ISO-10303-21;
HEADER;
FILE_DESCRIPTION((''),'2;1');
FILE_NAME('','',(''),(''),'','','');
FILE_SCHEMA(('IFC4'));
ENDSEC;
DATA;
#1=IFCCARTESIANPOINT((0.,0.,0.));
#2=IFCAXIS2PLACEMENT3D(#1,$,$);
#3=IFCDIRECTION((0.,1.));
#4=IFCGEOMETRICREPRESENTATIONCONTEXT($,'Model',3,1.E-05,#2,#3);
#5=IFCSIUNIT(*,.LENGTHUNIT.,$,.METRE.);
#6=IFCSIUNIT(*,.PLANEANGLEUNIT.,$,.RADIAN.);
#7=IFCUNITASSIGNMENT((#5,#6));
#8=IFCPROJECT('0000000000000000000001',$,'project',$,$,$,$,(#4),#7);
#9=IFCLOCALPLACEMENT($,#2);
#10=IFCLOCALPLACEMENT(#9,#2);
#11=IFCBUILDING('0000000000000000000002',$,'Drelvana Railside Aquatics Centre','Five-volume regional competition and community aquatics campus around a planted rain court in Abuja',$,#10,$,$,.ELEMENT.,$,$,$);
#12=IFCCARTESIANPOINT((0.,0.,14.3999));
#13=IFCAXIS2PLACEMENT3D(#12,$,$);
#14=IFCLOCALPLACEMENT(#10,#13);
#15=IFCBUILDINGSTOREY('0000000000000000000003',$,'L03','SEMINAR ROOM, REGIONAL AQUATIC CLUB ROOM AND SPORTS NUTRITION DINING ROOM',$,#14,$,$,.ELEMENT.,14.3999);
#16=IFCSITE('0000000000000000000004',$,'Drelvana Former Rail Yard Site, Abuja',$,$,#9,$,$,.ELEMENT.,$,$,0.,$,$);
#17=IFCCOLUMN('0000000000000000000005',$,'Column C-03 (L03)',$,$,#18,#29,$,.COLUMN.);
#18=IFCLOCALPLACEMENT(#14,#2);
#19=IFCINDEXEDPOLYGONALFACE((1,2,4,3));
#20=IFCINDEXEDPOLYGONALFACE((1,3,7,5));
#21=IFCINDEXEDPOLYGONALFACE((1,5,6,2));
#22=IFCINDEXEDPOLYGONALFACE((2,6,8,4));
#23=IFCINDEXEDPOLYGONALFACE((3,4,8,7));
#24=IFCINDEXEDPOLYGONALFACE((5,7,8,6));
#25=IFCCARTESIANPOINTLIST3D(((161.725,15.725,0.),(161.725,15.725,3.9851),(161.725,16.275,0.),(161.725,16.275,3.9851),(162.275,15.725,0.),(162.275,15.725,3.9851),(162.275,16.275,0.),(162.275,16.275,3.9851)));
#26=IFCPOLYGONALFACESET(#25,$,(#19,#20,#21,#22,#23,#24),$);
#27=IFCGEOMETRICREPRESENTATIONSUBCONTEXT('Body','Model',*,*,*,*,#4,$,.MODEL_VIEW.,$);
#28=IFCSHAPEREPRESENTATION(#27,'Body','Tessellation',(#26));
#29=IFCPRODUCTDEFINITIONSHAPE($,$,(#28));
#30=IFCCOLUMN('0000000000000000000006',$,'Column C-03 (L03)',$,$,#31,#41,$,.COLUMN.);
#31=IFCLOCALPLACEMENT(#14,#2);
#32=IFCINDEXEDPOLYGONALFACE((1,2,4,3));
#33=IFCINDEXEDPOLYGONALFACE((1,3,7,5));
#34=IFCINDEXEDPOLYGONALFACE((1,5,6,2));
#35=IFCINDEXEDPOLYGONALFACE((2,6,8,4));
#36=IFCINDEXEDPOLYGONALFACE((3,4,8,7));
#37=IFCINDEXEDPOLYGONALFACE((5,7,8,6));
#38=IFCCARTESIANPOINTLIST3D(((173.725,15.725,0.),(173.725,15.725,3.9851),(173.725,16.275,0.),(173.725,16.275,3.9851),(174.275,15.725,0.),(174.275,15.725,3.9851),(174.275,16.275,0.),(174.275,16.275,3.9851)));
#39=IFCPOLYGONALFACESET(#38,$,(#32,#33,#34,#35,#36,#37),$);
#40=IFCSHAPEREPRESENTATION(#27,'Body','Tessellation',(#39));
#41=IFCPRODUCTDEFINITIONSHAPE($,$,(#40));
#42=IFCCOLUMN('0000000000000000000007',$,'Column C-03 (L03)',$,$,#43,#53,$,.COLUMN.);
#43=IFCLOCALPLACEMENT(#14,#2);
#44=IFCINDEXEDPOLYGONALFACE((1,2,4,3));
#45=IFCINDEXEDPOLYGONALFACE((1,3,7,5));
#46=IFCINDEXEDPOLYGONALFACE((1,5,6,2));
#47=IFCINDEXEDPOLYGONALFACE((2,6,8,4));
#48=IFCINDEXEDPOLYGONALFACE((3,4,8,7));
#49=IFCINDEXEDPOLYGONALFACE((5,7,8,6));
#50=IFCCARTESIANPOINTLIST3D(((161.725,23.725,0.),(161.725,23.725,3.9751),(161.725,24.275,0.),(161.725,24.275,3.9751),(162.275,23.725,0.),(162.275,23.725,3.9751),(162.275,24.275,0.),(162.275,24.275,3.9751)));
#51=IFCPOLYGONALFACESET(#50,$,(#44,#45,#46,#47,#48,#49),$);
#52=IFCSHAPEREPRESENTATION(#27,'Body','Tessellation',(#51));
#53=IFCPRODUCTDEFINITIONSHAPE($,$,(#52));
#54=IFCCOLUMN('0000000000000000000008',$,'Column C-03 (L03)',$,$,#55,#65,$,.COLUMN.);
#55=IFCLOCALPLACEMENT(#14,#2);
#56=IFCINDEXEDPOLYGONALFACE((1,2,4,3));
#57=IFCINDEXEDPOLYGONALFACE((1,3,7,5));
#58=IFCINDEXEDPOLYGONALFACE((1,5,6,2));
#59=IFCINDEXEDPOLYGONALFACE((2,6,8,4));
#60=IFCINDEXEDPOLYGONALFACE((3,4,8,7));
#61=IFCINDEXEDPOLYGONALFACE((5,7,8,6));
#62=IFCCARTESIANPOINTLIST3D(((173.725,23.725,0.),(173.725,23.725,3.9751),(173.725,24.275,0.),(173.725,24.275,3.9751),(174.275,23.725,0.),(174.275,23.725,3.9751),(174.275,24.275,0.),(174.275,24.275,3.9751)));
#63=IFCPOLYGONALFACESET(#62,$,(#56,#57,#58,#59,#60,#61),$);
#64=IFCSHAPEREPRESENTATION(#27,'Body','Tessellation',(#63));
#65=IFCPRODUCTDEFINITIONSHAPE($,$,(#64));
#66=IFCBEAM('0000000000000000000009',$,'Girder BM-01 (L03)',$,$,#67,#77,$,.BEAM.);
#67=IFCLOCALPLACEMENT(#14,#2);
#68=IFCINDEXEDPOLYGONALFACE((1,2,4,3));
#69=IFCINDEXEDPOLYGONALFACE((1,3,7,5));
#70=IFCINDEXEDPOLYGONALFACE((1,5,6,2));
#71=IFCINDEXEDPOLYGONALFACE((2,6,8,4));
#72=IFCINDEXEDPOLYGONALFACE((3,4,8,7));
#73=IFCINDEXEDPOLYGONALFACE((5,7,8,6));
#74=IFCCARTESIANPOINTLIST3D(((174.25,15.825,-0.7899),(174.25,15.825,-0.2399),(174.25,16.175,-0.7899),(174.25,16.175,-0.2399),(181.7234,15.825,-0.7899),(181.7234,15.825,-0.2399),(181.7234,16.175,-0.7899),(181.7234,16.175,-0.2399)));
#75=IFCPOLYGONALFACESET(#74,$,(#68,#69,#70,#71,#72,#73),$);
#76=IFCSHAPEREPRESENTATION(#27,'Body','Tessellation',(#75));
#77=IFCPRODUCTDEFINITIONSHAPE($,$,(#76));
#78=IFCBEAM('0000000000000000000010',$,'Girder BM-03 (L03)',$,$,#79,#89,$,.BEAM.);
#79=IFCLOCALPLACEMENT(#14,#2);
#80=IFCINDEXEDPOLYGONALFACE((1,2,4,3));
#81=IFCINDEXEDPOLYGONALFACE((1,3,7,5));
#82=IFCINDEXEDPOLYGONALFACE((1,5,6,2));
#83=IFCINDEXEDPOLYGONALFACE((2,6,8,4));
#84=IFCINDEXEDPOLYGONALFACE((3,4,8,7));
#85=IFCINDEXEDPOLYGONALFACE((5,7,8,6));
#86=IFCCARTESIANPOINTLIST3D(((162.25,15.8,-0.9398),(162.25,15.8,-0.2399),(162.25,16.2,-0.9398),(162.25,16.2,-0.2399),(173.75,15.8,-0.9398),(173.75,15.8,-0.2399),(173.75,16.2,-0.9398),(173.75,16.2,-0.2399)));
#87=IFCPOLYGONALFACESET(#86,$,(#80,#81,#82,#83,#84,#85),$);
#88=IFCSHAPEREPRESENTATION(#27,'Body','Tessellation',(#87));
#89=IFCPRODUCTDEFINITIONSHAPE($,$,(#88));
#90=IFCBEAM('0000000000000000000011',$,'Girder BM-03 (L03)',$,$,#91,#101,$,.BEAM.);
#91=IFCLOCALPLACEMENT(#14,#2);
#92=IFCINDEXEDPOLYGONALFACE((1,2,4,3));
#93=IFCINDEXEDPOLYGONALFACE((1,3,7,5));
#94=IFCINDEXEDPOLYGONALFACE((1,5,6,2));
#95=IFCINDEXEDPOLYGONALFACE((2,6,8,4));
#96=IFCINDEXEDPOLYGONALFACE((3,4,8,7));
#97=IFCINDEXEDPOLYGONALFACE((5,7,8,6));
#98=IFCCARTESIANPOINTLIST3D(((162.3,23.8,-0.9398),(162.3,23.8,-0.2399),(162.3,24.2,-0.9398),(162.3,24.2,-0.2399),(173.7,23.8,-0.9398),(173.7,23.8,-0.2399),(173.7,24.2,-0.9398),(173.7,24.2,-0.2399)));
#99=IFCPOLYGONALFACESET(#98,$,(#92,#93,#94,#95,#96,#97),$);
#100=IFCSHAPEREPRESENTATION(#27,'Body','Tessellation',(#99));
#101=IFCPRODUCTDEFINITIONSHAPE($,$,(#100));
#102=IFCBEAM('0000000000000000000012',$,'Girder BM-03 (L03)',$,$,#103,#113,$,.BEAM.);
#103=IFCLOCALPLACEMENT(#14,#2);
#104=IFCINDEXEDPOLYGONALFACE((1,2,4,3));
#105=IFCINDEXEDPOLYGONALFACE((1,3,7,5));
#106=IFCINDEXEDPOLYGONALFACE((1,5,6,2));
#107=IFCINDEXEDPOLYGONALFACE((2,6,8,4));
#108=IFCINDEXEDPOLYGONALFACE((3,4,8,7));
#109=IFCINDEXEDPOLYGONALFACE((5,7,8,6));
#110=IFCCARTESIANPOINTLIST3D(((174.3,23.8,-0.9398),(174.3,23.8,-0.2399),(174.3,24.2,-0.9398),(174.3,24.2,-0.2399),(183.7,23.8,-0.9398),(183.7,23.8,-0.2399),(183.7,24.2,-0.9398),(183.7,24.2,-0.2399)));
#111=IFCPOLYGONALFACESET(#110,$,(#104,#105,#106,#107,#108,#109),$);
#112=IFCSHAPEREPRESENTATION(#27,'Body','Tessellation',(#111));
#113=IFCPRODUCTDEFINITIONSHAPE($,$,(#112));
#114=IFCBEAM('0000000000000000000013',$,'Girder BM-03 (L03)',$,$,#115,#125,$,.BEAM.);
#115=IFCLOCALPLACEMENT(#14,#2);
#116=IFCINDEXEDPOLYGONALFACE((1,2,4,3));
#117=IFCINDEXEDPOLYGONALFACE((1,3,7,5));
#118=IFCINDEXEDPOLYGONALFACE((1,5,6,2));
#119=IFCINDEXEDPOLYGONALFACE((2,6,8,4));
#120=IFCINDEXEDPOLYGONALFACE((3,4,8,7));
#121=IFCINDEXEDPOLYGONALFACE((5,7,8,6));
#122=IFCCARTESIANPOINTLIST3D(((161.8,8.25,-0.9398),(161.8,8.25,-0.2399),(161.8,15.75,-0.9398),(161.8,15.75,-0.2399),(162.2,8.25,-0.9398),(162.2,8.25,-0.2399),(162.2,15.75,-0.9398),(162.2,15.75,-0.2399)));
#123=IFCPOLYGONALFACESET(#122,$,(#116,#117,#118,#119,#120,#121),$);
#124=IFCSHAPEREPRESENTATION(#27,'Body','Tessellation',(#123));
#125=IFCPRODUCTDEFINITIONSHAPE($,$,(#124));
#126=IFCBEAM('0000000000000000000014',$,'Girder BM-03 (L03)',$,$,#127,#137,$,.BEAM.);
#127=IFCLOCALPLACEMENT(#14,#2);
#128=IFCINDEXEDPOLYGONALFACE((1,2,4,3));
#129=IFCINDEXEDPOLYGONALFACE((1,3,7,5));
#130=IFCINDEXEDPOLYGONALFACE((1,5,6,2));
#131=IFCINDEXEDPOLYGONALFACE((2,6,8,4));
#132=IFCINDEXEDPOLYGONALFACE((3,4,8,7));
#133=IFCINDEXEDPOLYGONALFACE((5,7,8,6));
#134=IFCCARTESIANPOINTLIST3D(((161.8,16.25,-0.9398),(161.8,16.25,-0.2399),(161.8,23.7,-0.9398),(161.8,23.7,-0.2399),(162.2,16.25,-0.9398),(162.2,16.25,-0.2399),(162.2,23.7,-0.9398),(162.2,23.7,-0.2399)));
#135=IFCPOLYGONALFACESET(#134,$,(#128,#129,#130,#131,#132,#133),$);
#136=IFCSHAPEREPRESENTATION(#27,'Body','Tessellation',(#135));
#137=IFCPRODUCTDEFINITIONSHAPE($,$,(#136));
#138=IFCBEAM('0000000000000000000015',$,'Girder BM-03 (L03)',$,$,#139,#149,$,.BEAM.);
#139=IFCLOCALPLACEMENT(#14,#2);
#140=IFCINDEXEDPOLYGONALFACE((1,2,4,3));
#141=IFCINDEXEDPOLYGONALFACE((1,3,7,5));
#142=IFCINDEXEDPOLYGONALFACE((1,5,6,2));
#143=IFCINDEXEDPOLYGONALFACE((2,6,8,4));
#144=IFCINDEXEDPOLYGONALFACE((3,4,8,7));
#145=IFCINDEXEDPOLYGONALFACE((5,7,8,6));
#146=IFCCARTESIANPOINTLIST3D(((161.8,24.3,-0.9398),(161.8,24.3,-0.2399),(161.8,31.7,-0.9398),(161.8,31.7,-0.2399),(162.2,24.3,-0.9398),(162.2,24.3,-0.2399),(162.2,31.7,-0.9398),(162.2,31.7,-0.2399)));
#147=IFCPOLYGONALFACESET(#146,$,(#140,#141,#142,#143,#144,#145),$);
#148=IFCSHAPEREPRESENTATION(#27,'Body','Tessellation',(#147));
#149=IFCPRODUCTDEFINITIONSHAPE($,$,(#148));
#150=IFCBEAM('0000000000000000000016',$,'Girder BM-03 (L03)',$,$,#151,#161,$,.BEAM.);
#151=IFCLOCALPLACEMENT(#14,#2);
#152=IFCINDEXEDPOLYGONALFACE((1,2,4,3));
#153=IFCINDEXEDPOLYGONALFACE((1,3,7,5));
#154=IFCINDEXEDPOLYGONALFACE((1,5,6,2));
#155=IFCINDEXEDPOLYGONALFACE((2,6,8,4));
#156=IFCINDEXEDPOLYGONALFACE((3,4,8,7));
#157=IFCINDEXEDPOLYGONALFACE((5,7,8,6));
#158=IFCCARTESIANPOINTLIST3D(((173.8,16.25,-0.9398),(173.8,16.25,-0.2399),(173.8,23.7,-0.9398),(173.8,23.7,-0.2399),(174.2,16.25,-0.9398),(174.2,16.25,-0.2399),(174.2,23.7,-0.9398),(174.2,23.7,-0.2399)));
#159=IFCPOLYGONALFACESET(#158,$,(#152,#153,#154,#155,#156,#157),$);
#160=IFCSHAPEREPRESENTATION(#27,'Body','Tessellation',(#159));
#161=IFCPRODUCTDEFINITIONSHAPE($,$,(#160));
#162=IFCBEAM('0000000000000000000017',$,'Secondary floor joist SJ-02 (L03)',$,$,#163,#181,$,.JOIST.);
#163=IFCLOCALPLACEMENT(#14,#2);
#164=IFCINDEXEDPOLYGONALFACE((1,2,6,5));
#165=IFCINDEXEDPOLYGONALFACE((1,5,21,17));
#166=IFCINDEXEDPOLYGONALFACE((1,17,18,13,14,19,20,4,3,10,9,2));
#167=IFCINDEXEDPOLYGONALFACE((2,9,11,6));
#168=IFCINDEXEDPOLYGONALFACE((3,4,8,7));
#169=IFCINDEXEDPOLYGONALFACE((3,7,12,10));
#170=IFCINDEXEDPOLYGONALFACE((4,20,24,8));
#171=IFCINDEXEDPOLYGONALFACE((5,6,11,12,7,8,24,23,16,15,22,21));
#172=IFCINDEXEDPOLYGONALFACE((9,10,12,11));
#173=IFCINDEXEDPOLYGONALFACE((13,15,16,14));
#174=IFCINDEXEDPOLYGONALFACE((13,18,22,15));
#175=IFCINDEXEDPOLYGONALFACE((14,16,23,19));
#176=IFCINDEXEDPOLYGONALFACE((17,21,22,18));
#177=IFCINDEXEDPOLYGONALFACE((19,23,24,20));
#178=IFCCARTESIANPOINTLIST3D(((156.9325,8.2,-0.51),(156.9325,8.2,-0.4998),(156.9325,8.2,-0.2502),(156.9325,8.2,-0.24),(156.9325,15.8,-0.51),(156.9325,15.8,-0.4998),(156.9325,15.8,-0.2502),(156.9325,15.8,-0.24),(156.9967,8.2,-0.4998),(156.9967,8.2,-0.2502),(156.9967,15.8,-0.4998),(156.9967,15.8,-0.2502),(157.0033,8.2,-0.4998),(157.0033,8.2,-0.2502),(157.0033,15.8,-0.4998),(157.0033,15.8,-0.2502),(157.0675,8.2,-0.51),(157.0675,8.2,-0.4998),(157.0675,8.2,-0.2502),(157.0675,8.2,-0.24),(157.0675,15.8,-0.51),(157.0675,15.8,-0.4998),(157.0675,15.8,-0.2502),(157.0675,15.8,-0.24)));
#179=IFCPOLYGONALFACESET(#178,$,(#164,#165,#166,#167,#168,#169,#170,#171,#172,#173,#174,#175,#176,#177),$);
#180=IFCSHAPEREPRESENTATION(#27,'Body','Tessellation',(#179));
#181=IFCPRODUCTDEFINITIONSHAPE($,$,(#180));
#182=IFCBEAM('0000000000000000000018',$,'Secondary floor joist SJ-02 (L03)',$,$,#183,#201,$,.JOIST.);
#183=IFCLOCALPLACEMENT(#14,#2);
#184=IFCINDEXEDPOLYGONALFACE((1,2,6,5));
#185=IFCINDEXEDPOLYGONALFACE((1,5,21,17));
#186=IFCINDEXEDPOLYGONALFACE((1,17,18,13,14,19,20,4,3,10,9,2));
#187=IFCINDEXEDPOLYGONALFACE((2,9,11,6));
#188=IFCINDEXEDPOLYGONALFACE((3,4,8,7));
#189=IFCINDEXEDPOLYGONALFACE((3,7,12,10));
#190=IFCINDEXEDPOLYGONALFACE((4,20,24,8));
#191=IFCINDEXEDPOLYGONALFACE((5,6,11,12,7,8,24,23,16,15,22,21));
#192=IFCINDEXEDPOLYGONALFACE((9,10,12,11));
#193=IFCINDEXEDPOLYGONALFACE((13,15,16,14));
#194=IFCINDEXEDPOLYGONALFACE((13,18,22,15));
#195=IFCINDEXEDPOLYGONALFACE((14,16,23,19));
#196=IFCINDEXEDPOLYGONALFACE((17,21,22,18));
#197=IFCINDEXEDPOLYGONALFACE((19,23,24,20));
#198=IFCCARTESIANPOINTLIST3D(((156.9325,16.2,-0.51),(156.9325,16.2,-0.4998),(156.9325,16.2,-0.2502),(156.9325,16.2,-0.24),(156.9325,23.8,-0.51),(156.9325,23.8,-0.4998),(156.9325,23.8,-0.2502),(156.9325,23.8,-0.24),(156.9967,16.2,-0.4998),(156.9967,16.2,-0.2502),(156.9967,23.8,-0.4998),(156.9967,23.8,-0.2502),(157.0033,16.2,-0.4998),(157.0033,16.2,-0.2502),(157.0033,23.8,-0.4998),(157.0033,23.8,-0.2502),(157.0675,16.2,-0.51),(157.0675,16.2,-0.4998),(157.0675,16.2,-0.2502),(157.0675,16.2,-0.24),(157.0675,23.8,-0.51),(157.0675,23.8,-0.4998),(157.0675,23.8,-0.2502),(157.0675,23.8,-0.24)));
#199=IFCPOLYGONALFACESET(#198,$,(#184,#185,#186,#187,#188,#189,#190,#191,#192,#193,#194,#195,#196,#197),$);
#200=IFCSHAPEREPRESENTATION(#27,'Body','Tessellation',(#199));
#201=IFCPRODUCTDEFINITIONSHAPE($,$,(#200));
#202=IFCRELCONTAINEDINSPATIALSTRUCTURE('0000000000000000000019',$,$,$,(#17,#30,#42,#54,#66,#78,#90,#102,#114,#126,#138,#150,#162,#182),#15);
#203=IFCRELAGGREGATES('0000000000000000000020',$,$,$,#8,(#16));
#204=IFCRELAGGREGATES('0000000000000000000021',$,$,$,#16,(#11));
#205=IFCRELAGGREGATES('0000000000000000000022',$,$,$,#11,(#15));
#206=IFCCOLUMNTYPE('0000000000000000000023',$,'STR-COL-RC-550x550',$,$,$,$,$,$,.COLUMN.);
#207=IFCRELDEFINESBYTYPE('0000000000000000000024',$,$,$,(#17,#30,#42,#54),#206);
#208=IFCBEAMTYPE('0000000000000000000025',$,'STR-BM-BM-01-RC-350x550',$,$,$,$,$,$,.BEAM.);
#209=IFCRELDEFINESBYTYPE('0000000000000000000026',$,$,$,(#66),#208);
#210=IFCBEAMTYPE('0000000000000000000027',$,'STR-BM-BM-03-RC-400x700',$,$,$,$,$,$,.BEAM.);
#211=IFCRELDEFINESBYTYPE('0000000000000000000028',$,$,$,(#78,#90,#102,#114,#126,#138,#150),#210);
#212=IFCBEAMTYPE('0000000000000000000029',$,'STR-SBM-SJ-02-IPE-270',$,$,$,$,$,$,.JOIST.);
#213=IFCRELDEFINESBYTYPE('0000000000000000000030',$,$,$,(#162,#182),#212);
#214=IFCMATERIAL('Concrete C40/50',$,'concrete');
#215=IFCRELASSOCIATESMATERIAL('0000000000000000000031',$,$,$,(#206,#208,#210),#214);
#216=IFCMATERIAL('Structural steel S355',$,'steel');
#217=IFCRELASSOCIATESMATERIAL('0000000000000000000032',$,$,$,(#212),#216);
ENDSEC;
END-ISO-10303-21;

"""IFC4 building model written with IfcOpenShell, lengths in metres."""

from ifc_helpers import new_model, si_unit, direction, frame, origin, origin_2d, place, context, subcontext, project, spatial, rectangle, i_section, extrude, material, material_profile, profile_set, type_object, element, save


model = new_model("IFC4")

# Units and contexts
model_context = context("Model", 3, precision=1e-05, world=origin(), true_north=direction((0.0, 1.0)))
body_context = subcontext(model_context, "Body", "Model", "MODEL_VIEW")
ifc_project = project(units=[si_unit("LENGTHUNIT", "METRE"), si_unit("PLANEANGLEUNIT", "RADIAN")], contexts=[model_context])

# Site, building, storey
site_placement = place(None, origin())
site = spatial("IfcSite", under=ifc_project, at=site_placement, Name="Drelvana Former Rail Yard Site, Abuja", CompositionType="ELEMENT", RefElevation=0.0)
building_placement = place(site_placement, origin())
building = spatial("IfcBuilding", under=site, at=building_placement, Name="Drelvana Railside Aquatics Centre", Description="Five-volume regional competition and community aquatics campus around a planted rain court in Abuja", CompositionType="ELEMENT")
storey_placement = place(building_placement, frame((0.0, 0.0, 14.3999)))
storey = spatial("IfcBuildingStorey", under=building, at=storey_placement, Name="L03", Description="SEMINAR ROOM, REGIONAL AQUATIC CLUB ROOM AND SPORTS NUTRITION DINING ROOM", CompositionType="ELEMENT", Elevation=14.3999)

# Columns
ifc_material_1 = material(Name="Concrete C40/50", Category="concrete")
ifc_material_profile_1 = material_profile(ifc_material_1, rectangle(XDim=0.55, YDim=0.55, at=origin_2d()), Name="RC 550x550")
ifc_profile_set_1 = profile_set([ifc_material_profile_1], Name="Concrete C40/50")
column_type = type_object("IfcColumnType", Name="STR-COL-RC-550x550", PredefinedType="COLUMN", material=ifc_profile_set_1)
for number, where, z_axis, x_axis, name in (
    (1, (162.0, 16.0, 0.0), (0.0, 0.0, 1.0), (1.0, 0.0, 0.0), "Column C-03 (L03)"),
    (2, (174.0, 16.0, 0.0), (0.0, 0.0, 1.0), (1.0, 0.0, 0.0), "Column C-03 (L03)"),
):
    element("IfcColumn", number, at=place(storey_placement, frame(where, z_axis=z_axis, x_axis=x_axis)), inside=storey, type_object=column_type, Name=name, PredefinedType="COLUMN", context=body_context, shape_type="SweptSolid", body=[
        extrude(rectangle(XDim=0.55, YDim=0.55, at=origin_2d()), origin(), (0.0, 0.0, 1.0), 3.9851),
    ])
for number, where, z_axis, x_axis, name in (
    (3, (162.0, 24.0, 0.0), (0.0, 0.0, 1.0), (1.0, 0.0, 0.0), "Column C-03 (L03)"),
    (4, (174.0, 24.0, 0.0), (0.0, 0.0, 1.0), (1.0, 0.0, 0.0), "Column C-03 (L03)"),
):
    element("IfcColumn", number, at=place(storey_placement, frame(where, z_axis=z_axis, x_axis=x_axis)), inside=storey, type_object=column_type, Name=name, PredefinedType="COLUMN", context=body_context, shape_type="SweptSolid", body=[
        extrude(rectangle(XDim=0.55, YDim=0.55, at=origin_2d()), origin(), (0.0, 0.0, 1.0), 3.9751),
    ])

# Beams
ifc_material_profile_2 = material_profile(ifc_material_1, rectangle(XDim=0.3501, YDim=0.55, at=origin_2d()), Name="RC 350x550")
ifc_profile_set_2 = profile_set([ifc_material_profile_2], Name="Concrete C40/50")
beam_type_1 = type_object("IfcBeamType", Name="STR-BM-BM-01-RC-350x550", PredefinedType="BEAM", material=ifc_profile_set_2)
beam_1_placement = place(storey_placement, frame((174.25, 16.0, -0.5149), z_axis=(1.0, 0.0, 0.0), x_axis=(0.0, 1.0, 0.0)))
element("IfcBeam", 5, at=beam_1_placement, inside=storey, type_object=beam_type_1, Name="Girder BM-01 (L03)", PredefinedType="BEAM", context=body_context, shape_type="SweptSolid", body=[
    extrude(rectangle(XDim=0.3501, YDim=0.55, at=origin_2d()), origin(), (0.0, 0.0, 1.0), 7.4734),
])
ifc_material_profile_3 = material_profile(ifc_material_1, rectangle(XDim=0.3999, YDim=0.7, at=origin_2d()), Name="RC 400x700")
ifc_profile_set_3 = profile_set([ifc_material_profile_3], Name="Concrete C40/50")
beam_type_2 = type_object("IfcBeamType", Name="STR-BM-BM-03-RC-400x700", PredefinedType="BEAM", material=ifc_profile_set_3)
beam_2_placement = place(storey_placement, frame((162.25, 16.0, -0.5898), z_axis=(1.0, 0.0, 0.0), x_axis=(0.0, 1.0, 0.0)))
element("IfcBeam", 6, at=beam_2_placement, inside=storey, type_object=beam_type_2, Name="Girder BM-03 (L03)", PredefinedType="BEAM", context=body_context, shape_type="SweptSolid", body=[
    extrude(rectangle(XDim=0.3999, YDim=0.7, at=origin_2d()), origin(), (0.0, 0.0, 1.0), 11.5),
])
beam_3_placement = place(storey_placement, frame((162.3, 24.0, -0.5898), z_axis=(1.0, 0.0, 0.0), x_axis=(0.0, 1.0, 0.0)))
element("IfcBeam", 7, at=beam_3_placement, inside=storey, type_object=beam_type_2, Name="Girder BM-03 (L03)", PredefinedType="BEAM", context=body_context, shape_type="SweptSolid", body=[
    extrude(rectangle(XDim=0.3999, YDim=0.7, at=origin_2d()), origin(), (0.0, 0.0, 1.0), 11.3999),
])
beam_4_placement = place(storey_placement, frame((174.3, 24.0, -0.5898), z_axis=(1.0, 0.0, 0.0), x_axis=(0.0, 1.0, 0.0)))
element("IfcBeam", 8, at=beam_4_placement, inside=storey, type_object=beam_type_2, Name="Girder BM-03 (L03)", PredefinedType="BEAM", context=body_context, shape_type="SweptSolid", body=[
    extrude(rectangle(XDim=0.3999, YDim=0.7, at=origin_2d()), origin(), (0.0, 0.0, 1.0), 9.3999),
])
beam_5_placement = place(storey_placement, frame((162.0, 8.25, -0.5898), z_axis=(0.0, 1.0, 0.0), x_axis=(-1.0, 0.0, 0.0)))
element("IfcBeam", 9, at=beam_5_placement, inside=storey, type_object=beam_type_2, Name="Girder BM-03 (L03)", PredefinedType="BEAM", context=body_context, shape_type="SweptSolid", body=[
    extrude(rectangle(XDim=0.3999, YDim=0.7, at=origin_2d()), origin(), (0.0, 0.0, 1.0), 7.5),
])
beam_6_placement = place(storey_placement, frame((162.0, 16.25, -0.5898), z_axis=(0.0, 1.0, 0.0), x_axis=(-1.0, 0.0, 0.0)))
element("IfcBeam", 10, at=beam_6_placement, inside=storey, type_object=beam_type_2, Name="Girder BM-03 (L03)", PredefinedType="BEAM", context=body_context, shape_type="SweptSolid", body=[
    extrude(rectangle(XDim=0.3999, YDim=0.7, at=origin_2d()), origin(), (0.0, 0.0, 1.0), 7.45),
])
beam_7_placement = place(storey_placement, frame((162.0, 24.3, -0.5898), z_axis=(0.0, 1.0, 0.0), x_axis=(-1.0, 0.0, 0.0)))
element("IfcBeam", 11, at=beam_7_placement, inside=storey, type_object=beam_type_2, Name="Girder BM-03 (L03)", PredefinedType="BEAM", context=body_context, shape_type="SweptSolid", body=[
    extrude(rectangle(XDim=0.3999, YDim=0.7, at=origin_2d()), origin(), (0.0, 0.0, 1.0), 7.3999),
])
beam_8_placement = place(storey_placement, frame((174.0, 16.25, -0.5898), z_axis=(0.0, 1.0, 0.0), x_axis=(-1.0, 0.0, 0.0)))
element("IfcBeam", 12, at=beam_8_placement, inside=storey, type_object=beam_type_2, Name="Girder BM-03 (L03)", PredefinedType="BEAM", context=body_context, shape_type="SweptSolid", body=[
    extrude(rectangle(XDim=0.3999, YDim=0.7, at=origin_2d()), origin(), (0.0, 0.0, 1.0), 7.45),
])
ifc_material_2 = material(Name="Structural steel S355", Category="steel")
ifc_material_profile_4 = material_profile(ifc_material_2, i_section(OverallWidth=0.135, OverallDepth=0.27, WebThickness=0.0066, FlangeThickness=0.0103, at=origin_2d()), Name="IPE 270")
ifc_profile_set_4 = profile_set([ifc_material_profile_4], Name="Structural steel S355")
beam_type_3 = type_object("IfcBeamType", Name="STR-SBM-SJ-02-IPE-270", PredefinedType="JOIST", material=ifc_profile_set_4)
for number, where, z_axis, x_axis, name in (
    (13, (157.0, 8.2, -0.375), (0.0, 1.0, 0.0), (-1.0, 0.0, 0.0), "Secondary floor joist SJ-02 (L03)"),
    (14, (157.0, 16.2, -0.375), (0.0, 1.0, 0.0), (-1.0, 0.0, 0.0), "Secondary floor joist SJ-02 (L03)"),
):
    element("IfcBeam", number, at=place(storey_placement, frame(where, z_axis=z_axis, x_axis=x_axis)), inside=storey, type_object=beam_type_3, Name=name, PredefinedType="JOIST", context=body_context, shape_type="SweptSolid", body=[
        extrude(i_section(OverallWidth=0.135, OverallDepth=0.27, WebThickness=0.0066, FlangeThickness=0.0103, at=origin_2d()), origin(), (0.0, 0.0, 1.0), 7.6001),
    ])

save(model, "model.ifc")
